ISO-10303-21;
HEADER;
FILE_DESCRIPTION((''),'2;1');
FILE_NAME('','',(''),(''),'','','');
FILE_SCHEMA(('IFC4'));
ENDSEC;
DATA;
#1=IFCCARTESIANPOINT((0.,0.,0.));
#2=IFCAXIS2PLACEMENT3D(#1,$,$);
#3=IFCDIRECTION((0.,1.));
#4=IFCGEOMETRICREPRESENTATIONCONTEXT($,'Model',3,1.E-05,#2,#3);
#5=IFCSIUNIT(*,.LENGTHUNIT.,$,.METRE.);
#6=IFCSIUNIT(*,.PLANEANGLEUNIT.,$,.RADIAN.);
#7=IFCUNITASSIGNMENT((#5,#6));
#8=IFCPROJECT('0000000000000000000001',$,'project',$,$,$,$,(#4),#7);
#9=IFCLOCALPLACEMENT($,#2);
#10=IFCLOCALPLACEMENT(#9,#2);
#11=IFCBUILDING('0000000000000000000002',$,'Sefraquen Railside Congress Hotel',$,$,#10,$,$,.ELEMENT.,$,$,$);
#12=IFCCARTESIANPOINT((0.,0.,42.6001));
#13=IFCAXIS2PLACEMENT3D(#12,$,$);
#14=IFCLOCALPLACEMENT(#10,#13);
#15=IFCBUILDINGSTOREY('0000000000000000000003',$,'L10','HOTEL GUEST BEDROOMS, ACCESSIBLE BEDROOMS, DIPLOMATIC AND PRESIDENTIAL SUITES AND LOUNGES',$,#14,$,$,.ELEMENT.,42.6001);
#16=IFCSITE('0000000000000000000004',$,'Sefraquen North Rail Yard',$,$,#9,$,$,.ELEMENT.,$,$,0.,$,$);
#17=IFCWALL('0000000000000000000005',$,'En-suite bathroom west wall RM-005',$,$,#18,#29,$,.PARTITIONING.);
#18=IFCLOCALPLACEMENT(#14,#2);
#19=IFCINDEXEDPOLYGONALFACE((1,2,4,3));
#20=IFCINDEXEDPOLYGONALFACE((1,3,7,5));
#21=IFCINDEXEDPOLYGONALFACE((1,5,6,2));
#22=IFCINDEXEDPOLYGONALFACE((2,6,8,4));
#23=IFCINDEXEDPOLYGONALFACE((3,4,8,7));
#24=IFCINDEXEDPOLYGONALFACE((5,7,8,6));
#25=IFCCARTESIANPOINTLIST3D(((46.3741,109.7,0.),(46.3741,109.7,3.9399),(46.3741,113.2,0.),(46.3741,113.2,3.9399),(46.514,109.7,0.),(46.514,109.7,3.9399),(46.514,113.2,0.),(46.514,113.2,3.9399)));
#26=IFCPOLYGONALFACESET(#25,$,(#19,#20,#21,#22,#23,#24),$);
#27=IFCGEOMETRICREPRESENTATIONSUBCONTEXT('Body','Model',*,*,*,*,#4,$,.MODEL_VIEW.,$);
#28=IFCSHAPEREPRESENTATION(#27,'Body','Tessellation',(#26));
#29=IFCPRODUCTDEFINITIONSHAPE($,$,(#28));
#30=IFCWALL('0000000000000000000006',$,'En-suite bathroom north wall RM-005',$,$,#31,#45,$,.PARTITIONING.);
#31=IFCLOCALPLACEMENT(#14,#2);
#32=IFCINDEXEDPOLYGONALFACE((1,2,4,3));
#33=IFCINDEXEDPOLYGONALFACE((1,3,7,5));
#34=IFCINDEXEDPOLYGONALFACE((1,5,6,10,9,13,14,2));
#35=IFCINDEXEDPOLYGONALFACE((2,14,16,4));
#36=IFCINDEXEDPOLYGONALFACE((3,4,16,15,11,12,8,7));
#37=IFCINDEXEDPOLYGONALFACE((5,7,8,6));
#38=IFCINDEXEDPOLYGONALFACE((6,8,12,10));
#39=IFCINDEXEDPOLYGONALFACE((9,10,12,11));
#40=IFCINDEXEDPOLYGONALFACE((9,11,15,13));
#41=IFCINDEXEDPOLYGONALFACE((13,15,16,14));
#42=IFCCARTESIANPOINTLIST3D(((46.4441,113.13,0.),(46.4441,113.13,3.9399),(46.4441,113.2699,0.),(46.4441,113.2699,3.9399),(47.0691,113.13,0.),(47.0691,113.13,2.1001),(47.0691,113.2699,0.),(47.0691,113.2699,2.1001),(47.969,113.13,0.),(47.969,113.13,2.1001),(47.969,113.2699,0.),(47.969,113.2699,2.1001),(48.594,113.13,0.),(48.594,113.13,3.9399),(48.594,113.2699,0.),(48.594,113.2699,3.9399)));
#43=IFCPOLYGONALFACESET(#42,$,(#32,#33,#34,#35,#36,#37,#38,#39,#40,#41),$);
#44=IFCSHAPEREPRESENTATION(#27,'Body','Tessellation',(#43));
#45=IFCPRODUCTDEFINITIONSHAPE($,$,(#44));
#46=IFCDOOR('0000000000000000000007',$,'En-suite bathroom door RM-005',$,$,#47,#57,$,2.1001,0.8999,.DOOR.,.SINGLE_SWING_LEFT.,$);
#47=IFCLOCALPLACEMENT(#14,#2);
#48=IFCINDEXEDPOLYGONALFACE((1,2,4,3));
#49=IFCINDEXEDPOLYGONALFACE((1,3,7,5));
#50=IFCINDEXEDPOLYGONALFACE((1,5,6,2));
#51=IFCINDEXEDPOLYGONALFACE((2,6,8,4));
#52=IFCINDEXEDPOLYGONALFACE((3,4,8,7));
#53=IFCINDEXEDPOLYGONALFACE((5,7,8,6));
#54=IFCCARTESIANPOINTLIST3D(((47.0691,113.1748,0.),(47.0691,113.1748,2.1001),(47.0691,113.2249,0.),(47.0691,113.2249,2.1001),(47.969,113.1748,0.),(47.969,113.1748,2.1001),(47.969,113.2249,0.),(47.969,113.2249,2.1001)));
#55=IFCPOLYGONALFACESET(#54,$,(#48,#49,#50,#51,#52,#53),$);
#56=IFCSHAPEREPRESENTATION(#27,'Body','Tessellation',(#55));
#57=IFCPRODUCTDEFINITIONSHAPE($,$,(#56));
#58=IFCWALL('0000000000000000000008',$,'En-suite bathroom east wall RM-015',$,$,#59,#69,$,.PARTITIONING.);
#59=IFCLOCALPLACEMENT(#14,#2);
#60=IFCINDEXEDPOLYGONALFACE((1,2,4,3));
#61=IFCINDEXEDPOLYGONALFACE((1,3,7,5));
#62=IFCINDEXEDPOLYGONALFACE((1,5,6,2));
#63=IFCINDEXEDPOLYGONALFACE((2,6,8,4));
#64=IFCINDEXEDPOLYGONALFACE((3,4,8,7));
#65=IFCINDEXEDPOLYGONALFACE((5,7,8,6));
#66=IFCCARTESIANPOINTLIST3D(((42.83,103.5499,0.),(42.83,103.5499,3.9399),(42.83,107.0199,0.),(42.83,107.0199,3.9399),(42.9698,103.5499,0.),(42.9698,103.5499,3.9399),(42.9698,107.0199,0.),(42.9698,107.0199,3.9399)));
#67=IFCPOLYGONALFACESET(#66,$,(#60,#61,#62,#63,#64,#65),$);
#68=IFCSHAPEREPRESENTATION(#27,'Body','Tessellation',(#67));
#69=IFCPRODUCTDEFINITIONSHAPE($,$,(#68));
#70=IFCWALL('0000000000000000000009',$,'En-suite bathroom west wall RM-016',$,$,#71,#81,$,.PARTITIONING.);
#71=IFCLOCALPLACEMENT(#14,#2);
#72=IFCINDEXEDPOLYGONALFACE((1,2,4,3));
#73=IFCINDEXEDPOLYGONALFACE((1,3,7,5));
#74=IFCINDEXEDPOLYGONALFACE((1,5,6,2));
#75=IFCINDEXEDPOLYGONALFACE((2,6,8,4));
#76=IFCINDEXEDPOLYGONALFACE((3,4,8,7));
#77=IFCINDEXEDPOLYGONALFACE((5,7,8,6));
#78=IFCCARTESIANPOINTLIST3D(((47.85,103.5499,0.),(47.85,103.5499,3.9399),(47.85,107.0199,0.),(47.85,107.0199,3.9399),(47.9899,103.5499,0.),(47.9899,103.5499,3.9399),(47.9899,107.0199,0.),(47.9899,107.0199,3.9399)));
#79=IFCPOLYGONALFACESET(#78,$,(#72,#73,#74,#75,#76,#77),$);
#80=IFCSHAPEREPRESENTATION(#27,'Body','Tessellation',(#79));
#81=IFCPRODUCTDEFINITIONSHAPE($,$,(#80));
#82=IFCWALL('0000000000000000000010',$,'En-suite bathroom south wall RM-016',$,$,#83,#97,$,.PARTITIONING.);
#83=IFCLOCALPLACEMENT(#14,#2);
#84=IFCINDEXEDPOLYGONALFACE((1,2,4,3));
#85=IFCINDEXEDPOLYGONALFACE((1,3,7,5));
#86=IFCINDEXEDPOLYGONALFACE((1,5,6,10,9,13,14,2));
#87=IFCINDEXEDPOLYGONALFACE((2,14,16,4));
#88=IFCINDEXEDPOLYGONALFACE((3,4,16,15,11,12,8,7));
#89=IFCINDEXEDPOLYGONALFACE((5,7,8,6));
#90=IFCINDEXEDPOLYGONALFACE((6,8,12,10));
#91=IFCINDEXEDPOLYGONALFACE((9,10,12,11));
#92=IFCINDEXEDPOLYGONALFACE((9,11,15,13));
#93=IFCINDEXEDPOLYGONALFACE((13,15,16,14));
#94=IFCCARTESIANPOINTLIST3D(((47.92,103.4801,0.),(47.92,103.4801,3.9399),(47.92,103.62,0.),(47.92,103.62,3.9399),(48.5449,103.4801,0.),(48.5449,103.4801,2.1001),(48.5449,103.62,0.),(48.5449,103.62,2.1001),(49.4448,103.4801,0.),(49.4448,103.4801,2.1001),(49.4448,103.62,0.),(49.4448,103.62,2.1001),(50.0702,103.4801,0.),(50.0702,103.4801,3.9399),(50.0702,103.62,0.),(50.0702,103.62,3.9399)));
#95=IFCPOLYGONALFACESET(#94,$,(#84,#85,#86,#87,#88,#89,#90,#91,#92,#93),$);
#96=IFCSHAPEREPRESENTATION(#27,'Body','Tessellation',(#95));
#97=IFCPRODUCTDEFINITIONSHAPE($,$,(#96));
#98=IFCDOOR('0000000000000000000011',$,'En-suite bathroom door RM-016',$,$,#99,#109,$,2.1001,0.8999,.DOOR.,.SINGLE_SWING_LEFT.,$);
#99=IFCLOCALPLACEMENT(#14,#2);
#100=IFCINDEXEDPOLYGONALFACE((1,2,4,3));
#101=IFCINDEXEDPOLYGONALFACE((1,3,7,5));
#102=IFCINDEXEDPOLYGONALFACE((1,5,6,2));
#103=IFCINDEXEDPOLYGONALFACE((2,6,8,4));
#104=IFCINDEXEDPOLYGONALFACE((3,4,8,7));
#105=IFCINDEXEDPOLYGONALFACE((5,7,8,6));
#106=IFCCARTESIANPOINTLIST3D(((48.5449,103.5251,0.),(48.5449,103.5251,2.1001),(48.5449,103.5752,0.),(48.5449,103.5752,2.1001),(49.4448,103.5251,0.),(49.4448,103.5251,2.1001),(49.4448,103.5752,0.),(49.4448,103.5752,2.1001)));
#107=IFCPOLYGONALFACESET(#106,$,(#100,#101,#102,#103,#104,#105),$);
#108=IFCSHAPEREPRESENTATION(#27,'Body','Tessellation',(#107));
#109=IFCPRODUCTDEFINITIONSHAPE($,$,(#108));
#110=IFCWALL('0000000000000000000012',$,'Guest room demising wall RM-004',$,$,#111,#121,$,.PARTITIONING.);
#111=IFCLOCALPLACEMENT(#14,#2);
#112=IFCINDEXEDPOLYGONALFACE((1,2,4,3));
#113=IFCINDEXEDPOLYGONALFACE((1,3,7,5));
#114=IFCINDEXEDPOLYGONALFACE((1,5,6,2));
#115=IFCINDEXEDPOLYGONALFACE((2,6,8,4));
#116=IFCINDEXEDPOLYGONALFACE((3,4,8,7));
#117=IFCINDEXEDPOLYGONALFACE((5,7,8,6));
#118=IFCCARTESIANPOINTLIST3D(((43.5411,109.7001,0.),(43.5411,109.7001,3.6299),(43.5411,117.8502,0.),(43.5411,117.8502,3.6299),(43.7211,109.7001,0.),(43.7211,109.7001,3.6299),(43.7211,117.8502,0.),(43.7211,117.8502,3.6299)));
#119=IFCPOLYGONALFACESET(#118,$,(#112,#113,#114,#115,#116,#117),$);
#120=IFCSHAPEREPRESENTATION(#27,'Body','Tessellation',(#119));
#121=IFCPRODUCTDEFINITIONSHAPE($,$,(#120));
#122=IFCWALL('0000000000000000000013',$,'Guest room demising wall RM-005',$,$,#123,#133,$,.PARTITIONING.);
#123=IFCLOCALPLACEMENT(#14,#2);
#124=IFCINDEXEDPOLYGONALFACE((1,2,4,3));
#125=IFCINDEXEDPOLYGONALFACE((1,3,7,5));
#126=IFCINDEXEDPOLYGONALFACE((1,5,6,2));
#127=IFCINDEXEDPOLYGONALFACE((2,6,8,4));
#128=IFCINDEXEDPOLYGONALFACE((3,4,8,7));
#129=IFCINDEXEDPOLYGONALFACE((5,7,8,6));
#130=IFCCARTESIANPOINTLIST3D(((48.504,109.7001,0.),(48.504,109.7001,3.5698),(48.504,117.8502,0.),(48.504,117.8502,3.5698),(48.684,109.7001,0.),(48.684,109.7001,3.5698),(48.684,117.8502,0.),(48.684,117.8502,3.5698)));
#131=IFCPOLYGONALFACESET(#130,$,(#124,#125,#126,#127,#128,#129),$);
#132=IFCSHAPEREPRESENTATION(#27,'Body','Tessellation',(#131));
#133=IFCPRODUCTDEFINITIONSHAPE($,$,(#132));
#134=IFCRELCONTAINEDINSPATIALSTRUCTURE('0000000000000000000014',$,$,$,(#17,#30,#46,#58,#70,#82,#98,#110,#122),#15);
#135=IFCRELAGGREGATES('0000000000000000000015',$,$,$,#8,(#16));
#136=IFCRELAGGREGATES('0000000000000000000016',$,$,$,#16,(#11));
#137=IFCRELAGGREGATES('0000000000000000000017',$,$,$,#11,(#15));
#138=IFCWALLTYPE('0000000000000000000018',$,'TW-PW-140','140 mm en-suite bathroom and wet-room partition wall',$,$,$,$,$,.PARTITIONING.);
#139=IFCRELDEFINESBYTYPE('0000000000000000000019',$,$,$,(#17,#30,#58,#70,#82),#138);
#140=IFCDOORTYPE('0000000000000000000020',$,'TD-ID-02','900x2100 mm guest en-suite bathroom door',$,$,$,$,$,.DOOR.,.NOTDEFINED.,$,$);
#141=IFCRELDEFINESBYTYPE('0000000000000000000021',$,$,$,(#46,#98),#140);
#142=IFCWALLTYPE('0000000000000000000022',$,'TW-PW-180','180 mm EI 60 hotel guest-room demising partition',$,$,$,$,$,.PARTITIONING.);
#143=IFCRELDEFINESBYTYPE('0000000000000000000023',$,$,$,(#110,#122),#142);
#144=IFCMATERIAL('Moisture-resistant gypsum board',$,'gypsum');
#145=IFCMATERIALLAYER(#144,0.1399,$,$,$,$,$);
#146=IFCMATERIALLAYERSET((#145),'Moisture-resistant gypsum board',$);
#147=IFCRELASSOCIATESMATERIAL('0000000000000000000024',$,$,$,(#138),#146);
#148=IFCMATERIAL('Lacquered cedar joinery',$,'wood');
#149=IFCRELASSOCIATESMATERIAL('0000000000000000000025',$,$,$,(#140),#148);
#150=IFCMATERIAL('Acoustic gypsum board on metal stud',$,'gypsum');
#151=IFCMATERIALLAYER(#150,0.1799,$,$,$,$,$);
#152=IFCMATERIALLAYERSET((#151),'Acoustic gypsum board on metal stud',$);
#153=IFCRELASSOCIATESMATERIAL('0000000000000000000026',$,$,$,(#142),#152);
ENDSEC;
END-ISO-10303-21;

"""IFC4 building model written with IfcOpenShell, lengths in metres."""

from ifc_helpers import new_model, si_unit, direction, frame, frame_2d, origin, place, context, subcontext, project, spatial, rectangle, extrude, material, layer, layer_set, type_object, element, fill, save


model = new_model("IFC4")

# Units and contexts
model_context = context("Model", 3, precision=1e-05, world=origin(), true_north=direction((0.0, 1.0)))
body_context = subcontext(model_context, "Body", "Model", "MODEL_VIEW")
ifc_project = project(units=[si_unit("LENGTHUNIT", "METRE"), si_unit("PLANEANGLEUNIT", "RADIAN")], contexts=[model_context])

# Site, building, storey
site_placement = place(None, origin())
site = spatial("IfcSite", under=ifc_project, at=site_placement, Name="Sefraquen North Rail Yard", CompositionType="ELEMENT", RefElevation=0.0)
building_placement = place(site_placement, origin())
building = spatial("IfcBuilding", under=site, at=building_placement, Name="Sefraquen Railside Congress Hotel", CompositionType="ELEMENT")
storey_placement = place(building_placement, frame((0.0, 0.0, 42.6001)))
storey = spatial("IfcBuildingStorey", under=building, at=storey_placement, Name="L10", Description="HOTEL GUEST BEDROOMS, ACCESSIBLE BEDROOMS, DIPLOMATIC AND PRESIDENTIAL SUITES AND LOUNGES", CompositionType="ELEMENT", Elevation=42.6001)

# Wall
ifc_material_1 = material(Name="Moisture-resistant gypsum board", Category="gypsum")
ifc_layer_1 = layer(ifc_material_1, 0.1399)
ifc_layer_set_1 = layer_set([ifc_layer_1], Name="Moisture-resistant gypsum board")
wall_type_1 = type_object("IfcWallType", Name="TW-PW-140", Description="140 mm en-suite bathroom and wet-room partition wall", PredefinedType="PARTITIONING", material=ifc_layer_set_1)
wall_1_placement = place(storey_placement, frame((46.4441, 109.7, 0.0), z_axis=(0.0, 0.0, 1.0), x_axis=(0.0, 1.0, 0.0)))
element("IfcWall", 1, at=wall_1_placement, inside=storey, type_object=wall_type_1, Name="En-suite bathroom west wall RM-005", PredefinedType="PARTITIONING", context=body_context, shape_type="SweptSolid", body=[
    extrude(rectangle(XDim=3.5, YDim=0.1399, at=frame_2d((1.75, 0.0))), origin(), (0.0, 0.0, 1.0), 3.9399),
])

# Wall, opening, door
wall_2_placement = place(storey_placement, frame((46.4441, 113.2, 0.0), z_axis=(0.0, 0.0, 1.0), x_axis=(1.0, 0.0, 0.0)))
wall_2 = element("IfcWall", 2, at=wall_2_placement, inside=storey, type_object=wall_type_1, Name="En-suite bathroom north wall RM-005", PredefinedType="PARTITIONING", context=body_context, shape_type="SweptSolid", body=[
    extrude(rectangle(XDim=2.1499, YDim=0.1399, at=frame_2d((1.075, 0.0))), origin(), (0.0, 0.0, 1.0), 3.9399),
])
opening_1_placement = place(wall_2_placement, frame((0.625, 0.0, 0.0)))
opening_1 = element("IfcOpeningElement", 3, at=opening_1_placement, cuts=wall_2, PredefinedType="OPENING", context=body_context, shape_type="SweptSolid", body=[
    extrude(rectangle(XDim=0.8999, YDim=2.1001, at=frame_2d((0.45, 1.05))), frame((0.0, 0.0798, 0.0), z_axis=(0.0, -1.0, 0.0), x_axis=(1.0, 0.0, 0.0)), (0.0, 0.0, 1.0), 0.1599),
])
ifc_material_2 = material(Name="Lacquered cedar joinery", Category="wood")
door_type = type_object("IfcDoorType", Name="TD-ID-02", Description="900x2100 mm guest en-suite bathroom door", OperationType="NOTDEFINED", PredefinedType="DOOR", material=ifc_material_2)
door_1_placement = place(opening_1_placement, origin())
door_1 = element("IfcDoor", 4, at=door_1_placement, inside=storey, type_object=door_type, Name="En-suite bathroom door RM-005", OperationType="SINGLE_SWING_LEFT", OverallHeight=2.1001, OverallWidth=0.8999, PredefinedType="DOOR", context=body_context, shape_type="SweptSolid", body=[
    extrude(rectangle(XDim=0.8999, YDim=2.1001, at=frame_2d((0.45, 1.05))), frame((0.0, 0.0249, 0.0), z_axis=(0.0, -1.0, 0.0), x_axis=(1.0, 0.0, 0.0)), (0.0, 0.0, 1.0), 0.05),
])
fill(opening_1, door_1)

# Walls
for number, where, z_axis, x_axis, name in (
    (5, (42.8999, 103.55, 0.0), (0.0, 0.0, 1.0), (0.0, 1.0, 0.0), "En-suite bathroom east wall RM-015"),
    (6, (47.9199, 103.55, 0.0), (0.0, 0.0, 1.0), (0.0, 1.0, 0.0), "En-suite bathroom west wall RM-016"),
):
    element("IfcWall", number, at=place(storey_placement, frame(where, z_axis=z_axis, x_axis=x_axis)), inside=storey, type_object=wall_type_1, Name=name, PredefinedType="PARTITIONING", context=body_context, shape_type="SweptSolid", body=[
        extrude(rectangle(XDim=3.47, YDim=0.1399, at=frame_2d((1.7349, 0.0))), origin(), (0.0, 0.0, 1.0), 3.9399),
    ])

# Wall, opening, door
wall_3_placement = place(storey_placement, frame((47.9199, 103.55, 0.0), z_axis=(0.0, 0.0, 1.0), x_axis=(1.0, 0.0, 0.0)))
wall_3 = element("IfcWall", 7, at=wall_3_placement, inside=storey, type_object=wall_type_1, Name="En-suite bathroom south wall RM-016", PredefinedType="PARTITIONING", context=body_context, shape_type="SweptSolid", body=[
    extrude(rectangle(XDim=2.1501, YDim=0.1399, at=frame_2d((1.0752, 0.0))), origin(), (0.0, 0.0, 1.0), 3.9399),
])
opening_2_placement = place(wall_3_placement, frame((0.625, 0.0, 0.0)))
opening_2 = element("IfcOpeningElement", 8, at=opening_2_placement, cuts=wall_3, PredefinedType="OPENING", context=body_context, shape_type="SweptSolid", body=[
    extrude(rectangle(XDim=0.8999, YDim=2.1001, at=frame_2d((0.45, 1.05))), frame((0.0, 0.0798, 0.0), z_axis=(0.0, -1.0, 0.0), x_axis=(1.0, 0.0, 0.0)), (0.0, 0.0, 1.0), 0.1599),
])
door_2_placement = place(opening_2_placement, frame((0.8999, 0.0, 0.0), z_axis=(0.0, 0.0, 1.0), x_axis=(-1.0, 0.0, 0.0)))
door_2 = element("IfcDoor", 9, at=door_2_placement, inside=storey, type_object=door_type, Name="En-suite bathroom door RM-016", OperationType="SINGLE_SWING_LEFT", OverallHeight=2.1001, OverallWidth=0.8999, PredefinedType="DOOR", context=body_context, shape_type="SweptSolid", body=[
    extrude(rectangle(XDim=0.8999, YDim=2.1001, at=frame_2d((0.45, 1.05))), frame((0.0, 0.0249, 0.0), z_axis=(0.0, -1.0, 0.0), x_axis=(1.0, 0.0, 0.0)), (0.0, 0.0, 1.0), 0.05),
])
fill(opening_2, door_2)

# Walls
ifc_material_3 = material(Name="Acoustic gypsum board on metal stud", Category="gypsum")
ifc_layer_2 = layer(ifc_material_3, 0.1799)
ifc_layer_set_2 = layer_set([ifc_layer_2], Name="Acoustic gypsum board on metal stud")
wall_type_2 = type_object("IfcWallType", Name="TW-PW-180", Description="180 mm EI 60 hotel guest-room demising partition", PredefinedType="PARTITIONING", material=ifc_layer_set_2)
wall_4_placement = place(storey_placement, frame((43.6311, 109.7, 0.0), z_axis=(0.0, 0.0, 1.0), x_axis=(0.0, 1.0, 0.0)))
element("IfcWall", 10, at=wall_4_placement, inside=storey, type_object=wall_type_2, Name="Guest room demising wall RM-004", PredefinedType="PARTITIONING", context=body_context, shape_type="SweptSolid", body=[
    extrude(rectangle(XDim=8.1501, YDim=0.1799, at=frame_2d((4.0752, 0.0))), origin(), (0.0, 0.0, 1.0), 3.6299),
])
wall_5_placement = place(storey_placement, frame((48.594, 109.7, 0.0), z_axis=(0.0, 0.0, 1.0), x_axis=(0.0, 1.0, 0.0)))
element("IfcWall", 11, at=wall_5_placement, inside=storey, type_object=wall_type_2, Name="Guest room demising wall RM-005", PredefinedType="PARTITIONING", context=body_context, shape_type="SweptSolid", body=[
    extrude(rectangle(XDim=8.1501, YDim=0.1799, at=frame_2d((4.0752, 0.0))), origin(), (0.0, 0.0, 1.0), 3.5698),
])

save(model, "model.ifc")
